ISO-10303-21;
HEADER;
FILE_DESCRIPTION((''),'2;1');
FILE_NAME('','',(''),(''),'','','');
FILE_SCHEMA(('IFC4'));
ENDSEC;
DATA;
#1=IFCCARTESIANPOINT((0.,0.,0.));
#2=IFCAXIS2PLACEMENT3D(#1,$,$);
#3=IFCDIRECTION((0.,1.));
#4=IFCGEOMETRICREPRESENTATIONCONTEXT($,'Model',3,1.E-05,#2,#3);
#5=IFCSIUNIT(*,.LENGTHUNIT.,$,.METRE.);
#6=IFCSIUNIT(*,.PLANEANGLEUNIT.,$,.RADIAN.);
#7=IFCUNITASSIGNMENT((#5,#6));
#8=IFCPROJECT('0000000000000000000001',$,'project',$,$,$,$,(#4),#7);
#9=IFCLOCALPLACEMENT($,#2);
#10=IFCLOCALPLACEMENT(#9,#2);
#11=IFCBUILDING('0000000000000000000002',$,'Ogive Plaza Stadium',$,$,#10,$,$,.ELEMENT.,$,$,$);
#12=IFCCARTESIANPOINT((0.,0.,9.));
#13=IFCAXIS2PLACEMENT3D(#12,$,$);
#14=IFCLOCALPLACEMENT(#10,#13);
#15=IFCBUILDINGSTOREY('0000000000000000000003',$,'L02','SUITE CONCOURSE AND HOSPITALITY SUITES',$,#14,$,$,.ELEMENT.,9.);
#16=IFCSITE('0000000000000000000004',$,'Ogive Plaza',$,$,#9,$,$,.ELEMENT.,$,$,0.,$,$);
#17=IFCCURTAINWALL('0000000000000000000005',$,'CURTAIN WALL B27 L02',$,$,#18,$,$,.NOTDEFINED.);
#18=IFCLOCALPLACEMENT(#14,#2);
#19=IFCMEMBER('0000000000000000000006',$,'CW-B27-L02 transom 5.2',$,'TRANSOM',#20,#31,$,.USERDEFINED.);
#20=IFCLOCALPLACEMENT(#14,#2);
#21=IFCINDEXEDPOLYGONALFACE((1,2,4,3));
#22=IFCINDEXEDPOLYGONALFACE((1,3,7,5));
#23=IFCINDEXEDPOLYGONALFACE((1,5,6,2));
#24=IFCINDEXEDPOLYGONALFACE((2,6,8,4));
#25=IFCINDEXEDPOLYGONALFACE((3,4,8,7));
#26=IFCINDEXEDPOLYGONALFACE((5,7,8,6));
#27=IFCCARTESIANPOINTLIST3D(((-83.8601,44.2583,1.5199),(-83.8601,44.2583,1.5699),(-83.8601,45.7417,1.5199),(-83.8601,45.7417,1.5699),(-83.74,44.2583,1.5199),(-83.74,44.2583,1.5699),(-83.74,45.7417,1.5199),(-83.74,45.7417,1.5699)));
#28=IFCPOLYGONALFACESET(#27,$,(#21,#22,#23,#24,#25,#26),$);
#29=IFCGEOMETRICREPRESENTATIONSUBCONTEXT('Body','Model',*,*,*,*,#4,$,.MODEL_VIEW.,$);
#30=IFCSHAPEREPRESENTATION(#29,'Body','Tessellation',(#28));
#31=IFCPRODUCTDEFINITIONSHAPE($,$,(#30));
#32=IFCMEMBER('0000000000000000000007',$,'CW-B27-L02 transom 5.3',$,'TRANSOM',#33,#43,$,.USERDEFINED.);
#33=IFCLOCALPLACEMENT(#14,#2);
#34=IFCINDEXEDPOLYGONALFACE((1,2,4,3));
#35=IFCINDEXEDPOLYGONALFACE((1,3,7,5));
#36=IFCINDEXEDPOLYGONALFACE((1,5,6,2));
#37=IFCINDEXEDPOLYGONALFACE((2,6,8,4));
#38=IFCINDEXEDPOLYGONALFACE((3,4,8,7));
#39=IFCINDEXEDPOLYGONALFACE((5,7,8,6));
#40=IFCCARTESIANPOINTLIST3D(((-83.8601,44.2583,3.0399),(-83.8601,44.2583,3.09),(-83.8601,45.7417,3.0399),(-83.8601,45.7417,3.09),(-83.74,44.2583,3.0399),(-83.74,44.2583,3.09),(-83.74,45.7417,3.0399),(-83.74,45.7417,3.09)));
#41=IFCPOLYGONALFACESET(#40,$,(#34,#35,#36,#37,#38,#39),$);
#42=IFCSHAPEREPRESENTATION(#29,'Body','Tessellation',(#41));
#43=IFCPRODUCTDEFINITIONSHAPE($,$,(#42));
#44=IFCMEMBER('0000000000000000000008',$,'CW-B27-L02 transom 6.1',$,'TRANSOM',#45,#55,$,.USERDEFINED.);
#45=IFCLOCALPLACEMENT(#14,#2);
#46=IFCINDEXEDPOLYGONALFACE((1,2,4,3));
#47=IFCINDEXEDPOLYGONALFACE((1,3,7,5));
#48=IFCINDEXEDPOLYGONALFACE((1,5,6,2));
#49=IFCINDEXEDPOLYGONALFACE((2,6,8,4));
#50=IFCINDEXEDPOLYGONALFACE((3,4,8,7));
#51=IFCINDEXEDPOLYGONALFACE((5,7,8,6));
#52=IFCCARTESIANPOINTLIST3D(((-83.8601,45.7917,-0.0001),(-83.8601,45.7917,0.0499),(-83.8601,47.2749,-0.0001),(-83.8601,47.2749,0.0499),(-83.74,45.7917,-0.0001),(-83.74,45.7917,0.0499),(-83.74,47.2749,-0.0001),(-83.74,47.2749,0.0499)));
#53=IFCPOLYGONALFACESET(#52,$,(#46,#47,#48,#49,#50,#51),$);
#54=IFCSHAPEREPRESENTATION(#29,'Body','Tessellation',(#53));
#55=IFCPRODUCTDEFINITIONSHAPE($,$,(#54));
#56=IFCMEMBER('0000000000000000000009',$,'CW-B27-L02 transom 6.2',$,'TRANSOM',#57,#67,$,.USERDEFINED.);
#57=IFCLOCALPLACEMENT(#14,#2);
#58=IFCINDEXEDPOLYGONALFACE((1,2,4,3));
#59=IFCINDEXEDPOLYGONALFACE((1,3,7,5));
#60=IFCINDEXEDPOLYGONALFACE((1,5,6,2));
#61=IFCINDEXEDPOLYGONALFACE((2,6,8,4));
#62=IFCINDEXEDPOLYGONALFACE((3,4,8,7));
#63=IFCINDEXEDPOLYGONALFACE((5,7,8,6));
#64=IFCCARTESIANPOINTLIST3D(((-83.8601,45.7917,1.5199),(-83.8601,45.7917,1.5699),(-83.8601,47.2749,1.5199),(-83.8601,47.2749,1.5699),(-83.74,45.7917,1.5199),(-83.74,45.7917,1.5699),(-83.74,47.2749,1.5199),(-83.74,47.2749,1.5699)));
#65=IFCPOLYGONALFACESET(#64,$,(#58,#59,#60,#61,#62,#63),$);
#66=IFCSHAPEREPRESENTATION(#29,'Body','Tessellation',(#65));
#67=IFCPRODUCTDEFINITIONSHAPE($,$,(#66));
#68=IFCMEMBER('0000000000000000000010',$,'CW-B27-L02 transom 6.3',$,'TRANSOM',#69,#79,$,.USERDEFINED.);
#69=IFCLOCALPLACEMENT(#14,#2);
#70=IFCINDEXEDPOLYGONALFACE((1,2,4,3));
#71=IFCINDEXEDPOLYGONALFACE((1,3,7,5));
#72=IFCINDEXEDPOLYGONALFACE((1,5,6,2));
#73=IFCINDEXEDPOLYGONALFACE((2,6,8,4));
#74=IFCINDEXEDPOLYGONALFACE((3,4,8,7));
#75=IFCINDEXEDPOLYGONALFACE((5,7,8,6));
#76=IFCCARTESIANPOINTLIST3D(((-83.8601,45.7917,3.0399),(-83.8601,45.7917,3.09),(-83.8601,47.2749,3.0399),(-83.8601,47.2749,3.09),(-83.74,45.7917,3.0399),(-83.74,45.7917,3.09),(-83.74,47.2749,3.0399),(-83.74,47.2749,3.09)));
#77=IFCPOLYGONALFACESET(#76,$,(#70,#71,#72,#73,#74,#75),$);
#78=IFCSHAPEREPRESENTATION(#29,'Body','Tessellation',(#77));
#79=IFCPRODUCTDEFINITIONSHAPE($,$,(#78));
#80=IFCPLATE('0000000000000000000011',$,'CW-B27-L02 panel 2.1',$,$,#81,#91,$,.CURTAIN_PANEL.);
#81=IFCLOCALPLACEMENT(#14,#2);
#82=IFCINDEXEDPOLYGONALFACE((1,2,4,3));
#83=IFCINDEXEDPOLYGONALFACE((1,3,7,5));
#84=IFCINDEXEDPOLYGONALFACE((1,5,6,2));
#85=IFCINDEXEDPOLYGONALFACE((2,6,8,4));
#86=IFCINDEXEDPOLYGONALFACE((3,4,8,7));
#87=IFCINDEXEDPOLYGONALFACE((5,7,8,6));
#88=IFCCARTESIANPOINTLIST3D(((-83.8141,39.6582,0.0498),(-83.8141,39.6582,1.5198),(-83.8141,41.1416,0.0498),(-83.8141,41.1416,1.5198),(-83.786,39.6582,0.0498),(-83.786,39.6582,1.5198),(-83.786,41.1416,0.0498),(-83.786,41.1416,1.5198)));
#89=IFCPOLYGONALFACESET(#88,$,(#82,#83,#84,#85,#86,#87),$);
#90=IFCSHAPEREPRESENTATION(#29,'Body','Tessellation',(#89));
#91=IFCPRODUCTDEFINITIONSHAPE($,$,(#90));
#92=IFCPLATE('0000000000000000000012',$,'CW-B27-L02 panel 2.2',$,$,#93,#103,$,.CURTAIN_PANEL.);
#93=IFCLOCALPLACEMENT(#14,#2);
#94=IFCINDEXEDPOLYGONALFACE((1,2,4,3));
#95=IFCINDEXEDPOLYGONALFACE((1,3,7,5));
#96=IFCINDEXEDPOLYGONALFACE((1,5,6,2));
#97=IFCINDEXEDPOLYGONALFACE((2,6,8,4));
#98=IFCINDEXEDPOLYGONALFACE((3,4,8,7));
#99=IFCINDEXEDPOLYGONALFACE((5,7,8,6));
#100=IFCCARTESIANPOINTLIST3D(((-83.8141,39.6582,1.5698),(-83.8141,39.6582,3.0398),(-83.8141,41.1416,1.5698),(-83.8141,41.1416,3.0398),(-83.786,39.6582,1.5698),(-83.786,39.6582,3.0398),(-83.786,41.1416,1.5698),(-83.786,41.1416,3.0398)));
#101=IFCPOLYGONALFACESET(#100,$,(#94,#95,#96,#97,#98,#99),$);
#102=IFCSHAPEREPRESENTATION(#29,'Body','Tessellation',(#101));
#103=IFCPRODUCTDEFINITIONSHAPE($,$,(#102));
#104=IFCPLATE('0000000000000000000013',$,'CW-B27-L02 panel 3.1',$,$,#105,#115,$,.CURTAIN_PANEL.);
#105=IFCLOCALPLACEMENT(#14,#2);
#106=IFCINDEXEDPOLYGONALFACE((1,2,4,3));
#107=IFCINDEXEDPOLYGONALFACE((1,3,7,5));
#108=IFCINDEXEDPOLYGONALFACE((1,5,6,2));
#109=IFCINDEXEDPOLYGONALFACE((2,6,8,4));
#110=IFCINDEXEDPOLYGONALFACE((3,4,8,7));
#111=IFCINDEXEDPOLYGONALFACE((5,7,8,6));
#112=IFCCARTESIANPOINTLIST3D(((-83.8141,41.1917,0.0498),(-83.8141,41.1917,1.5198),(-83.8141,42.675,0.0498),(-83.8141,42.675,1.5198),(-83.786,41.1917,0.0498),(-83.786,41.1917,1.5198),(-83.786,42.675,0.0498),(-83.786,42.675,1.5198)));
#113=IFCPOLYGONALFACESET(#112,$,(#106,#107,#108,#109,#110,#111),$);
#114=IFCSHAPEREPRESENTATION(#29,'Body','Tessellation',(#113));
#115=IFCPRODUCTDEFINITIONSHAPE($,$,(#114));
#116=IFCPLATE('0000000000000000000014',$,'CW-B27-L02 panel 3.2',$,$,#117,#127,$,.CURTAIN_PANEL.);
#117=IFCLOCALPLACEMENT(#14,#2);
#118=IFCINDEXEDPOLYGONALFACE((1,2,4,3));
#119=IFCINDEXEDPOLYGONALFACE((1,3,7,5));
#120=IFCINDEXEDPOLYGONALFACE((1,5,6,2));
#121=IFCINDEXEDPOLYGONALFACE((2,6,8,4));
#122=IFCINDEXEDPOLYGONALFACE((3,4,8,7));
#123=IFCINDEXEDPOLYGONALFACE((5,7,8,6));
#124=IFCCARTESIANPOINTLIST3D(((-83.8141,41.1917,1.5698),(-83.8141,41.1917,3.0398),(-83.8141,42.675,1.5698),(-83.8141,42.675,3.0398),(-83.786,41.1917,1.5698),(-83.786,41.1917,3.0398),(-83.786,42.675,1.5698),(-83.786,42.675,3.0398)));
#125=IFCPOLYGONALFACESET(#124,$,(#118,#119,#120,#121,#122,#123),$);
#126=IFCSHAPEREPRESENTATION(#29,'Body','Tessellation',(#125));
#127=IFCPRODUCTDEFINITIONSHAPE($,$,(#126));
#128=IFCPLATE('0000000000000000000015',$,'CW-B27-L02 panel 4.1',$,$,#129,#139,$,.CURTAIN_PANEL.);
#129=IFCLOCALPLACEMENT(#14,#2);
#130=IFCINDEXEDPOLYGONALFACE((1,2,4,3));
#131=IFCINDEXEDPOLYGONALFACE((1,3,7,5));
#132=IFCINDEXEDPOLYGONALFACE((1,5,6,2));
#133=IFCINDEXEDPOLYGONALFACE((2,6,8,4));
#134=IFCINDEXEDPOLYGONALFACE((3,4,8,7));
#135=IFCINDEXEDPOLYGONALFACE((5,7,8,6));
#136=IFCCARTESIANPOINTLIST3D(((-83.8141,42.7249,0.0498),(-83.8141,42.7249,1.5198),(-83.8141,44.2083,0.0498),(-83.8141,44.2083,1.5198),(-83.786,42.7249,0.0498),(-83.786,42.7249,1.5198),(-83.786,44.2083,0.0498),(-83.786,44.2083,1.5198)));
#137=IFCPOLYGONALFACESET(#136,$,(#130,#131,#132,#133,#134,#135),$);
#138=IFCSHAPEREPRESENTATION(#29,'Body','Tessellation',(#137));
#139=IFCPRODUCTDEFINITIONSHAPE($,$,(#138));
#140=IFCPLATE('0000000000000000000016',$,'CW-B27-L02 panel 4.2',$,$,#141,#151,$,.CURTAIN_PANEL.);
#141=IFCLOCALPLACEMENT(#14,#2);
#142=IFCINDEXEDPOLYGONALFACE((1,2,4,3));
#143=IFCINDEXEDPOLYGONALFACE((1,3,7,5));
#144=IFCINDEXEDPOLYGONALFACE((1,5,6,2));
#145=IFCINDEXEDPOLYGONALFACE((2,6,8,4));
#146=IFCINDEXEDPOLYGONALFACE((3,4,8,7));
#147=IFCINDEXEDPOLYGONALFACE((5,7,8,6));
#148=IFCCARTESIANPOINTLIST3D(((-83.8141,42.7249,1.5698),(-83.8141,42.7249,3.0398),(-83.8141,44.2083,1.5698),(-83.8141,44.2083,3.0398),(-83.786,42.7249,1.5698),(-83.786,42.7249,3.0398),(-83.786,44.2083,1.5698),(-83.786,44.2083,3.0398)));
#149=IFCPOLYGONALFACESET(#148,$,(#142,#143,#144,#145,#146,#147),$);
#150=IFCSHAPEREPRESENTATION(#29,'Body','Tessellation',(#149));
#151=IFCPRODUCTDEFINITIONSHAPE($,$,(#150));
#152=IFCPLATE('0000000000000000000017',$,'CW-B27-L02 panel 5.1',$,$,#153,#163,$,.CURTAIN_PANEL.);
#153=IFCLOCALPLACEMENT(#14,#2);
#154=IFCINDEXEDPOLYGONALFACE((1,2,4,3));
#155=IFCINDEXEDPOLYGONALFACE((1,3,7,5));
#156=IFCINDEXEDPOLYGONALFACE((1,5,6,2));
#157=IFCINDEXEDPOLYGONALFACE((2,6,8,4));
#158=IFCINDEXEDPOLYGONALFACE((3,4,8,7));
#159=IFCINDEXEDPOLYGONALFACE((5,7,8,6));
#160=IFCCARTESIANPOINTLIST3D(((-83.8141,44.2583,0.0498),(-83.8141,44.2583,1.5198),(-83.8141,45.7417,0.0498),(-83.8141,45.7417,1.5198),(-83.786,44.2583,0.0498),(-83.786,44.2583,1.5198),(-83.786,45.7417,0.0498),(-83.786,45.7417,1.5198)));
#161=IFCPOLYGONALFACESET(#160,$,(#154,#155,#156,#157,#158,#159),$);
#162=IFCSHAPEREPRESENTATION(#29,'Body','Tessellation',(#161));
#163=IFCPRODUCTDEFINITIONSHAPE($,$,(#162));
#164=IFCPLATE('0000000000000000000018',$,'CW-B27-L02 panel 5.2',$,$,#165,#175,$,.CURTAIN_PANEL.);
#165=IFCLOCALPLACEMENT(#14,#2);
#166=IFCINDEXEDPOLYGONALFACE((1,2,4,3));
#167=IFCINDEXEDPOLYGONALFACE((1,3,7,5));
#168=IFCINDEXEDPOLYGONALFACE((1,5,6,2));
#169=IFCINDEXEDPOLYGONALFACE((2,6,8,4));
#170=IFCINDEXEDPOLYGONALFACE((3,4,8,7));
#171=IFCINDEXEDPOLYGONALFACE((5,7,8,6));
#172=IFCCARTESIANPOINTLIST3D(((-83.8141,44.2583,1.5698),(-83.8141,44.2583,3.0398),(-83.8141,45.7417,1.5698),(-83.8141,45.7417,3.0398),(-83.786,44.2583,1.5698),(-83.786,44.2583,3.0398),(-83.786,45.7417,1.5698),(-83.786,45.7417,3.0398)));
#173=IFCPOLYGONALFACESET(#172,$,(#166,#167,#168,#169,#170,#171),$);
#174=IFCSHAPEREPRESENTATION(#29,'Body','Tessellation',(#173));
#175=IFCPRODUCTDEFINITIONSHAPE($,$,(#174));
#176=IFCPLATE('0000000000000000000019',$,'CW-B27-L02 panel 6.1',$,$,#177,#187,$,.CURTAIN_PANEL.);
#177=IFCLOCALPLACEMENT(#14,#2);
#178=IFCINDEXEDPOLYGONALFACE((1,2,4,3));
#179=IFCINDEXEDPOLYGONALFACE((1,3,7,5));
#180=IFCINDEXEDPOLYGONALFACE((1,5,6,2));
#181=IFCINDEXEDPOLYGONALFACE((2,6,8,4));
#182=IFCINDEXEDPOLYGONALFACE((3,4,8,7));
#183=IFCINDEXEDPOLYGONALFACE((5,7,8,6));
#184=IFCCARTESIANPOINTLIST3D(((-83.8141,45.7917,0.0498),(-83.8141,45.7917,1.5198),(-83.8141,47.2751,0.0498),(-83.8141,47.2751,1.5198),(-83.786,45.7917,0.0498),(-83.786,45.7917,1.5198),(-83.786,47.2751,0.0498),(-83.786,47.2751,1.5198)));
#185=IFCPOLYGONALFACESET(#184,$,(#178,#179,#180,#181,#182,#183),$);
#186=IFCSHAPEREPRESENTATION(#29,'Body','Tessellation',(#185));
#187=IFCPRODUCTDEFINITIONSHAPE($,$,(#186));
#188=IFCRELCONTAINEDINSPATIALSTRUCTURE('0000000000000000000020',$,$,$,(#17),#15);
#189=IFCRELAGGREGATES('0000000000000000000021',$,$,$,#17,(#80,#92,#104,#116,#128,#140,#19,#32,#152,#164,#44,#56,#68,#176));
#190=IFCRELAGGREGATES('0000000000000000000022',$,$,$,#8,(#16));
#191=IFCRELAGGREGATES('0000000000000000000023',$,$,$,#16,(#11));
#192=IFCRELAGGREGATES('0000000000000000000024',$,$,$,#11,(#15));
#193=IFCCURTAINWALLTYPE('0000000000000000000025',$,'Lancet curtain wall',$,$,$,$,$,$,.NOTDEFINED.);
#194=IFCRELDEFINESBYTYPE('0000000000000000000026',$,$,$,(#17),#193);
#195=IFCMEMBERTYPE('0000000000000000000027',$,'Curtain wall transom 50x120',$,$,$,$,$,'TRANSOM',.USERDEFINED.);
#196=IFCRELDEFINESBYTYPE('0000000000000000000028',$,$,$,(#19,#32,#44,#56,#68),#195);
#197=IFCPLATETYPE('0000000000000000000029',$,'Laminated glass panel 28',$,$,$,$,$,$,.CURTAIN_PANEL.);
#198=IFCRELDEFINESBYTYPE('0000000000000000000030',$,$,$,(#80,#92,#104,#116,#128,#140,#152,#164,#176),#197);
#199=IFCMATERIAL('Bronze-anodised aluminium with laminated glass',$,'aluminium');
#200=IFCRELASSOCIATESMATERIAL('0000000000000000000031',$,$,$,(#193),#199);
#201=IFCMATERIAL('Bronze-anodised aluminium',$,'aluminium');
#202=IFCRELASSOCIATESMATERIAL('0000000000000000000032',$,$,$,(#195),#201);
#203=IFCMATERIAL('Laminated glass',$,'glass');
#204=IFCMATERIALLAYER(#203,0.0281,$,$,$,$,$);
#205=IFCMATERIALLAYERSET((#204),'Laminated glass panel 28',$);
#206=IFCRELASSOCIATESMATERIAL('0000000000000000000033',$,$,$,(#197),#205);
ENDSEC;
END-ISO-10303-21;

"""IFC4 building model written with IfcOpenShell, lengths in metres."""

from ifc_helpers import new_model, si_unit, direction, frame, origin, origin_2d, place, context, subcontext, project, spatial, rectangle, extrude, material, layer, layer_set, material_profile, profile_set, type_object, element, aggregate, save


model = new_model("IFC4")

# Units and contexts
model_context = context("Model", 3, precision=1e-05, world=origin(), true_north=direction((0.0, 1.0)))
body_context = subcontext(model_context, "Body", "Model", "MODEL_VIEW")
ifc_project = project(units=[si_unit("LENGTHUNIT", "METRE"), si_unit("PLANEANGLEUNIT", "RADIAN")], contexts=[model_context])

# Site, building, storey
site_placement = place(None, origin())
site = spatial("IfcSite", under=ifc_project, at=site_placement, Name="Ogive Plaza", CompositionType="ELEMENT", RefElevation=0.0)
building_placement = place(site_placement, origin())
building = spatial("IfcBuilding", under=site, at=building_placement, Name="Ogive Plaza Stadium", CompositionType="ELEMENT")
storey_placement = place(building_placement, frame((0.0, 0.0, 9.0)))
storey = spatial("IfcBuildingStorey", under=building, at=storey_placement, Name="L02", Description="SUITE CONCOURSE AND HOSPITALITY SUITES", CompositionType="ELEMENT", Elevation=9.0)

# Curtain wall, members, plates
ifc_material_1 = material(Name="Bronze-anodised aluminium with laminated glass", Category="aluminium")
curtain_wall_type = type_object("IfcCurtainWallType", Name="Lancet curtain wall", PredefinedType="NOTDEFINED", material=ifc_material_1)
curtain_wall_placement = place(storey_placement, origin())
curtain_wall = element("IfcCurtainWall", 1, at=curtain_wall_placement, inside=storey, type_object=curtain_wall_type, Name="CURTAIN WALL B27 L02", PredefinedType="NOTDEFINED")
ifc_material_2 = material(Name="Bronze-anodised aluminium", Category="aluminium")
ifc_material_profile_1 = material_profile(ifc_material_2, rectangle(XDim=0.1201, YDim=0.05, at=origin_2d()), Name="AL 120x50")
ifc_profile_set_1 = profile_set([ifc_material_profile_1], Name="Bronze-anodised aluminium")
member_type_1 = type_object("IfcMemberType", Name="Curtain wall transom 50x120", ElementType="TRANSOM", PredefinedType="USERDEFINED", material=ifc_profile_set_1)
member_1_placement = place(storey_placement, frame((-83.8, 44.2583, 1.5449), z_axis=(0.0, 1.0, 0.0), x_axis=(-1.0, 0.0, 0.0)))
member_1 = element("IfcMember", 2, at=member_1_placement, type_object=member_type_1, Name="CW-B27-L02 transom 5.2", ObjectType="TRANSOM", PredefinedType="USERDEFINED", context=body_context, shape_type="SweptSolid", body=[
    extrude(rectangle(XDim=0.1201, YDim=0.05, at=origin_2d()), origin(), (0.0, 0.0, 1.0), 1.4834),
])
member_2_placement = place(storey_placement, frame((-83.8, 44.2583, 3.0649), z_axis=(0.0, 1.0, 0.0), x_axis=(-1.0, 0.0, 0.0)))
member_2 = element("IfcMember", 3, at=member_2_placement, type_object=member_type_1, Name="CW-B27-L02 transom 5.3", ObjectType="TRANSOM", PredefinedType="USERDEFINED", context=body_context, shape_type="SweptSolid", body=[
    extrude(rectangle(XDim=0.1201, YDim=0.05, at=origin_2d()), origin(), (0.0, 0.0, 1.0), 1.4834),
])
member_3_placement = place(storey_placement, frame((-83.8, 45.7917, 0.0249), z_axis=(0.0, 1.0, 0.0), x_axis=(-1.0, 0.0, 0.0)))
member_3 = element("IfcMember", 4, at=member_3_placement, type_object=member_type_1, Name="CW-B27-L02 transom 6.1", ObjectType="TRANSOM", PredefinedType="USERDEFINED", context=body_context, shape_type="SweptSolid", body=[
    extrude(rectangle(XDim=0.1201, YDim=0.05, at=origin_2d()), origin(), (0.0, 0.0, 1.0), 1.4832),
])
member_4_placement = place(storey_placement, frame((-83.8, 45.7917, 1.5449), z_axis=(0.0, 1.0, 0.0), x_axis=(-1.0, 0.0, 0.0)))
member_4 = element("IfcMember", 5, at=member_4_placement, type_object=member_type_1, Name="CW-B27-L02 transom 6.2", ObjectType="TRANSOM", PredefinedType="USERDEFINED", context=body_context, shape_type="SweptSolid", body=[
    extrude(rectangle(XDim=0.1201, YDim=0.05, at=origin_2d()), origin(), (0.0, 0.0, 1.0), 1.4832),
])
member_5_placement = place(storey_placement, frame((-83.8, 45.7917, 3.0649), z_axis=(0.0, 1.0, 0.0), x_axis=(-1.0, 0.0, 0.0)))
member_5 = element("IfcMember", 6, at=member_5_placement, type_object=member_type_1, Name="CW-B27-L02 transom 6.3", ObjectType="TRANSOM", PredefinedType="USERDEFINED", context=body_context, shape_type="SweptSolid", body=[
    extrude(rectangle(XDim=0.1201, YDim=0.05, at=origin_2d()), origin(), (0.0, 0.0, 1.0), 1.4832),
])
ifc_material_3 = material(Name="Laminated glass", Category="glass")
ifc_layer_1 = layer(ifc_material_3, 0.0281)
ifc_layer_set_1 = layer_set([ifc_layer_1], Name="Laminated glass panel 28")
plate_type = type_object("IfcPlateType", Name="Laminated glass panel 28", PredefinedType="CURTAIN_PANEL", material=ifc_layer_set_1)
plate_1_placement = place(storey_placement, frame((-83.8, 40.3999, 0.0498), z_axis=(0.0, 0.0, 1.0), x_axis=(0.0, 1.0, 0.0)))
plate_1 = element("IfcPlate", 7, at=plate_1_placement, type_object=plate_type, Name="CW-B27-L02 panel 2.1", PredefinedType="CURTAIN_PANEL", context=body_context, shape_type="SweptSolid", body=[
    extrude(rectangle(XDim=1.4834, YDim=0.0281, at=origin_2d()), origin(), (0.0, 0.0, 1.0), 1.47),
])
plate_2_placement = place(storey_placement, frame((-83.8, 40.3999, 1.5698), z_axis=(0.0, 0.0, 1.0), x_axis=(0.0, 1.0, 0.0)))
plate_2 = element("IfcPlate", 8, at=plate_2_placement, type_object=plate_type, Name="CW-B27-L02 panel 2.2", PredefinedType="CURTAIN_PANEL", context=body_context, shape_type="SweptSolid", body=[
    extrude(rectangle(XDim=1.4834, YDim=0.0281, at=origin_2d()), origin(), (0.0, 0.0, 1.0), 1.47),
])
plate_3_placement = place(storey_placement, frame((-83.8, 41.9333, 0.0498), z_axis=(0.0, 0.0, 1.0), x_axis=(0.0, 1.0, 0.0)))
plate_3 = element("IfcPlate", 9, at=plate_3_placement, type_object=plate_type, Name="CW-B27-L02 panel 3.1", PredefinedType="CURTAIN_PANEL", context=body_context, shape_type="SweptSolid", body=[
    extrude(rectangle(XDim=1.4834, YDim=0.0281, at=origin_2d()), origin(), (0.0, 0.0, 1.0), 1.47),
])
plate_4_placement = place(storey_placement, frame((-83.8, 41.9333, 1.5698), z_axis=(0.0, 0.0, 1.0), x_axis=(0.0, 1.0, 0.0)))
plate_4 = element("IfcPlate", 10, at=plate_4_placement, type_object=plate_type, Name="CW-B27-L02 panel 3.2", PredefinedType="CURTAIN_PANEL", context=body_context, shape_type="SweptSolid", body=[
    extrude(rectangle(XDim=1.4834, YDim=0.0281, at=origin_2d()), origin(), (0.0, 0.0, 1.0), 1.47),
])
plate_5_placement = place(storey_placement, frame((-83.8, 43.4666, 0.0498), z_axis=(0.0, 0.0, 1.0), x_axis=(0.0, 1.0, 0.0)))
plate_5 = element("IfcPlate", 11, at=plate_5_placement, type_object=plate_type, Name="CW-B27-L02 panel 4.1", PredefinedType="CURTAIN_PANEL", context=body_context, shape_type="SweptSolid", body=[
    extrude(rectangle(XDim=1.4834, YDim=0.0281, at=origin_2d()), origin(), (0.0, 0.0, 1.0), 1.47),
])
plate_6_placement = place(storey_placement, frame((-83.8, 43.4666, 1.5698), z_axis=(0.0, 0.0, 1.0), x_axis=(0.0, 1.0, 0.0)))
plate_6 = element("IfcPlate", 12, at=plate_6_placement, type_object=plate_type, Name="CW-B27-L02 panel 4.2", PredefinedType="CURTAIN_PANEL", context=body_context, shape_type="SweptSolid", body=[
    extrude(rectangle(XDim=1.4834, YDim=0.0281, at=origin_2d()), origin(), (0.0, 0.0, 1.0), 1.47),
])
plate_7_placement = place(storey_placement, frame((-83.8, 45.0, 0.0498), z_axis=(0.0, 0.0, 1.0), x_axis=(0.0, 1.0, 0.0)))
plate_7 = element("IfcPlate", 13, at=plate_7_placement, type_object=plate_type, Name="CW-B27-L02 panel 5.1", PredefinedType="CURTAIN_PANEL", context=body_context, shape_type="SweptSolid", body=[
    extrude(rectangle(XDim=1.4834, YDim=0.0281, at=origin_2d()), origin(), (0.0, 0.0, 1.0), 1.47),
])
plate_8_placement = place(storey_placement, frame((-83.8, 45.0, 1.5698), z_axis=(0.0, 0.0, 1.0), x_axis=(0.0, 1.0, 0.0)))
plate_8 = element("IfcPlate", 14, at=plate_8_placement, type_object=plate_type, Name="CW-B27-L02 panel 5.2", PredefinedType="CURTAIN_PANEL", context=body_context, shape_type="SweptSolid", body=[
    extrude(rectangle(XDim=1.4834, YDim=0.0281, at=origin_2d()), origin(), (0.0, 0.0, 1.0), 1.47),
])
plate_9_placement = place(storey_placement, frame((-83.8, 46.5334, 0.0498), z_axis=(0.0, 0.0, 1.0), x_axis=(0.0, 1.0, 0.0)))
plate_9 = element("IfcPlate", 15, at=plate_9_placement, type_object=plate_type, Name="CW-B27-L02 panel 6.1", PredefinedType="CURTAIN_PANEL", context=body_context, shape_type="SweptSolid", body=[
    extrude(rectangle(XDim=1.4834, YDim=0.0281, at=origin_2d()), origin(), (0.0, 0.0, 1.0), 1.47),
])
aggregate(curtain_wall, [plate_1, plate_2, plate_3, plate_4, plate_5, plate_6, member_1, member_2, plate_7, plate_8, member_3, member_4, member_5, plate_9])

save(model, "model.ifc")
